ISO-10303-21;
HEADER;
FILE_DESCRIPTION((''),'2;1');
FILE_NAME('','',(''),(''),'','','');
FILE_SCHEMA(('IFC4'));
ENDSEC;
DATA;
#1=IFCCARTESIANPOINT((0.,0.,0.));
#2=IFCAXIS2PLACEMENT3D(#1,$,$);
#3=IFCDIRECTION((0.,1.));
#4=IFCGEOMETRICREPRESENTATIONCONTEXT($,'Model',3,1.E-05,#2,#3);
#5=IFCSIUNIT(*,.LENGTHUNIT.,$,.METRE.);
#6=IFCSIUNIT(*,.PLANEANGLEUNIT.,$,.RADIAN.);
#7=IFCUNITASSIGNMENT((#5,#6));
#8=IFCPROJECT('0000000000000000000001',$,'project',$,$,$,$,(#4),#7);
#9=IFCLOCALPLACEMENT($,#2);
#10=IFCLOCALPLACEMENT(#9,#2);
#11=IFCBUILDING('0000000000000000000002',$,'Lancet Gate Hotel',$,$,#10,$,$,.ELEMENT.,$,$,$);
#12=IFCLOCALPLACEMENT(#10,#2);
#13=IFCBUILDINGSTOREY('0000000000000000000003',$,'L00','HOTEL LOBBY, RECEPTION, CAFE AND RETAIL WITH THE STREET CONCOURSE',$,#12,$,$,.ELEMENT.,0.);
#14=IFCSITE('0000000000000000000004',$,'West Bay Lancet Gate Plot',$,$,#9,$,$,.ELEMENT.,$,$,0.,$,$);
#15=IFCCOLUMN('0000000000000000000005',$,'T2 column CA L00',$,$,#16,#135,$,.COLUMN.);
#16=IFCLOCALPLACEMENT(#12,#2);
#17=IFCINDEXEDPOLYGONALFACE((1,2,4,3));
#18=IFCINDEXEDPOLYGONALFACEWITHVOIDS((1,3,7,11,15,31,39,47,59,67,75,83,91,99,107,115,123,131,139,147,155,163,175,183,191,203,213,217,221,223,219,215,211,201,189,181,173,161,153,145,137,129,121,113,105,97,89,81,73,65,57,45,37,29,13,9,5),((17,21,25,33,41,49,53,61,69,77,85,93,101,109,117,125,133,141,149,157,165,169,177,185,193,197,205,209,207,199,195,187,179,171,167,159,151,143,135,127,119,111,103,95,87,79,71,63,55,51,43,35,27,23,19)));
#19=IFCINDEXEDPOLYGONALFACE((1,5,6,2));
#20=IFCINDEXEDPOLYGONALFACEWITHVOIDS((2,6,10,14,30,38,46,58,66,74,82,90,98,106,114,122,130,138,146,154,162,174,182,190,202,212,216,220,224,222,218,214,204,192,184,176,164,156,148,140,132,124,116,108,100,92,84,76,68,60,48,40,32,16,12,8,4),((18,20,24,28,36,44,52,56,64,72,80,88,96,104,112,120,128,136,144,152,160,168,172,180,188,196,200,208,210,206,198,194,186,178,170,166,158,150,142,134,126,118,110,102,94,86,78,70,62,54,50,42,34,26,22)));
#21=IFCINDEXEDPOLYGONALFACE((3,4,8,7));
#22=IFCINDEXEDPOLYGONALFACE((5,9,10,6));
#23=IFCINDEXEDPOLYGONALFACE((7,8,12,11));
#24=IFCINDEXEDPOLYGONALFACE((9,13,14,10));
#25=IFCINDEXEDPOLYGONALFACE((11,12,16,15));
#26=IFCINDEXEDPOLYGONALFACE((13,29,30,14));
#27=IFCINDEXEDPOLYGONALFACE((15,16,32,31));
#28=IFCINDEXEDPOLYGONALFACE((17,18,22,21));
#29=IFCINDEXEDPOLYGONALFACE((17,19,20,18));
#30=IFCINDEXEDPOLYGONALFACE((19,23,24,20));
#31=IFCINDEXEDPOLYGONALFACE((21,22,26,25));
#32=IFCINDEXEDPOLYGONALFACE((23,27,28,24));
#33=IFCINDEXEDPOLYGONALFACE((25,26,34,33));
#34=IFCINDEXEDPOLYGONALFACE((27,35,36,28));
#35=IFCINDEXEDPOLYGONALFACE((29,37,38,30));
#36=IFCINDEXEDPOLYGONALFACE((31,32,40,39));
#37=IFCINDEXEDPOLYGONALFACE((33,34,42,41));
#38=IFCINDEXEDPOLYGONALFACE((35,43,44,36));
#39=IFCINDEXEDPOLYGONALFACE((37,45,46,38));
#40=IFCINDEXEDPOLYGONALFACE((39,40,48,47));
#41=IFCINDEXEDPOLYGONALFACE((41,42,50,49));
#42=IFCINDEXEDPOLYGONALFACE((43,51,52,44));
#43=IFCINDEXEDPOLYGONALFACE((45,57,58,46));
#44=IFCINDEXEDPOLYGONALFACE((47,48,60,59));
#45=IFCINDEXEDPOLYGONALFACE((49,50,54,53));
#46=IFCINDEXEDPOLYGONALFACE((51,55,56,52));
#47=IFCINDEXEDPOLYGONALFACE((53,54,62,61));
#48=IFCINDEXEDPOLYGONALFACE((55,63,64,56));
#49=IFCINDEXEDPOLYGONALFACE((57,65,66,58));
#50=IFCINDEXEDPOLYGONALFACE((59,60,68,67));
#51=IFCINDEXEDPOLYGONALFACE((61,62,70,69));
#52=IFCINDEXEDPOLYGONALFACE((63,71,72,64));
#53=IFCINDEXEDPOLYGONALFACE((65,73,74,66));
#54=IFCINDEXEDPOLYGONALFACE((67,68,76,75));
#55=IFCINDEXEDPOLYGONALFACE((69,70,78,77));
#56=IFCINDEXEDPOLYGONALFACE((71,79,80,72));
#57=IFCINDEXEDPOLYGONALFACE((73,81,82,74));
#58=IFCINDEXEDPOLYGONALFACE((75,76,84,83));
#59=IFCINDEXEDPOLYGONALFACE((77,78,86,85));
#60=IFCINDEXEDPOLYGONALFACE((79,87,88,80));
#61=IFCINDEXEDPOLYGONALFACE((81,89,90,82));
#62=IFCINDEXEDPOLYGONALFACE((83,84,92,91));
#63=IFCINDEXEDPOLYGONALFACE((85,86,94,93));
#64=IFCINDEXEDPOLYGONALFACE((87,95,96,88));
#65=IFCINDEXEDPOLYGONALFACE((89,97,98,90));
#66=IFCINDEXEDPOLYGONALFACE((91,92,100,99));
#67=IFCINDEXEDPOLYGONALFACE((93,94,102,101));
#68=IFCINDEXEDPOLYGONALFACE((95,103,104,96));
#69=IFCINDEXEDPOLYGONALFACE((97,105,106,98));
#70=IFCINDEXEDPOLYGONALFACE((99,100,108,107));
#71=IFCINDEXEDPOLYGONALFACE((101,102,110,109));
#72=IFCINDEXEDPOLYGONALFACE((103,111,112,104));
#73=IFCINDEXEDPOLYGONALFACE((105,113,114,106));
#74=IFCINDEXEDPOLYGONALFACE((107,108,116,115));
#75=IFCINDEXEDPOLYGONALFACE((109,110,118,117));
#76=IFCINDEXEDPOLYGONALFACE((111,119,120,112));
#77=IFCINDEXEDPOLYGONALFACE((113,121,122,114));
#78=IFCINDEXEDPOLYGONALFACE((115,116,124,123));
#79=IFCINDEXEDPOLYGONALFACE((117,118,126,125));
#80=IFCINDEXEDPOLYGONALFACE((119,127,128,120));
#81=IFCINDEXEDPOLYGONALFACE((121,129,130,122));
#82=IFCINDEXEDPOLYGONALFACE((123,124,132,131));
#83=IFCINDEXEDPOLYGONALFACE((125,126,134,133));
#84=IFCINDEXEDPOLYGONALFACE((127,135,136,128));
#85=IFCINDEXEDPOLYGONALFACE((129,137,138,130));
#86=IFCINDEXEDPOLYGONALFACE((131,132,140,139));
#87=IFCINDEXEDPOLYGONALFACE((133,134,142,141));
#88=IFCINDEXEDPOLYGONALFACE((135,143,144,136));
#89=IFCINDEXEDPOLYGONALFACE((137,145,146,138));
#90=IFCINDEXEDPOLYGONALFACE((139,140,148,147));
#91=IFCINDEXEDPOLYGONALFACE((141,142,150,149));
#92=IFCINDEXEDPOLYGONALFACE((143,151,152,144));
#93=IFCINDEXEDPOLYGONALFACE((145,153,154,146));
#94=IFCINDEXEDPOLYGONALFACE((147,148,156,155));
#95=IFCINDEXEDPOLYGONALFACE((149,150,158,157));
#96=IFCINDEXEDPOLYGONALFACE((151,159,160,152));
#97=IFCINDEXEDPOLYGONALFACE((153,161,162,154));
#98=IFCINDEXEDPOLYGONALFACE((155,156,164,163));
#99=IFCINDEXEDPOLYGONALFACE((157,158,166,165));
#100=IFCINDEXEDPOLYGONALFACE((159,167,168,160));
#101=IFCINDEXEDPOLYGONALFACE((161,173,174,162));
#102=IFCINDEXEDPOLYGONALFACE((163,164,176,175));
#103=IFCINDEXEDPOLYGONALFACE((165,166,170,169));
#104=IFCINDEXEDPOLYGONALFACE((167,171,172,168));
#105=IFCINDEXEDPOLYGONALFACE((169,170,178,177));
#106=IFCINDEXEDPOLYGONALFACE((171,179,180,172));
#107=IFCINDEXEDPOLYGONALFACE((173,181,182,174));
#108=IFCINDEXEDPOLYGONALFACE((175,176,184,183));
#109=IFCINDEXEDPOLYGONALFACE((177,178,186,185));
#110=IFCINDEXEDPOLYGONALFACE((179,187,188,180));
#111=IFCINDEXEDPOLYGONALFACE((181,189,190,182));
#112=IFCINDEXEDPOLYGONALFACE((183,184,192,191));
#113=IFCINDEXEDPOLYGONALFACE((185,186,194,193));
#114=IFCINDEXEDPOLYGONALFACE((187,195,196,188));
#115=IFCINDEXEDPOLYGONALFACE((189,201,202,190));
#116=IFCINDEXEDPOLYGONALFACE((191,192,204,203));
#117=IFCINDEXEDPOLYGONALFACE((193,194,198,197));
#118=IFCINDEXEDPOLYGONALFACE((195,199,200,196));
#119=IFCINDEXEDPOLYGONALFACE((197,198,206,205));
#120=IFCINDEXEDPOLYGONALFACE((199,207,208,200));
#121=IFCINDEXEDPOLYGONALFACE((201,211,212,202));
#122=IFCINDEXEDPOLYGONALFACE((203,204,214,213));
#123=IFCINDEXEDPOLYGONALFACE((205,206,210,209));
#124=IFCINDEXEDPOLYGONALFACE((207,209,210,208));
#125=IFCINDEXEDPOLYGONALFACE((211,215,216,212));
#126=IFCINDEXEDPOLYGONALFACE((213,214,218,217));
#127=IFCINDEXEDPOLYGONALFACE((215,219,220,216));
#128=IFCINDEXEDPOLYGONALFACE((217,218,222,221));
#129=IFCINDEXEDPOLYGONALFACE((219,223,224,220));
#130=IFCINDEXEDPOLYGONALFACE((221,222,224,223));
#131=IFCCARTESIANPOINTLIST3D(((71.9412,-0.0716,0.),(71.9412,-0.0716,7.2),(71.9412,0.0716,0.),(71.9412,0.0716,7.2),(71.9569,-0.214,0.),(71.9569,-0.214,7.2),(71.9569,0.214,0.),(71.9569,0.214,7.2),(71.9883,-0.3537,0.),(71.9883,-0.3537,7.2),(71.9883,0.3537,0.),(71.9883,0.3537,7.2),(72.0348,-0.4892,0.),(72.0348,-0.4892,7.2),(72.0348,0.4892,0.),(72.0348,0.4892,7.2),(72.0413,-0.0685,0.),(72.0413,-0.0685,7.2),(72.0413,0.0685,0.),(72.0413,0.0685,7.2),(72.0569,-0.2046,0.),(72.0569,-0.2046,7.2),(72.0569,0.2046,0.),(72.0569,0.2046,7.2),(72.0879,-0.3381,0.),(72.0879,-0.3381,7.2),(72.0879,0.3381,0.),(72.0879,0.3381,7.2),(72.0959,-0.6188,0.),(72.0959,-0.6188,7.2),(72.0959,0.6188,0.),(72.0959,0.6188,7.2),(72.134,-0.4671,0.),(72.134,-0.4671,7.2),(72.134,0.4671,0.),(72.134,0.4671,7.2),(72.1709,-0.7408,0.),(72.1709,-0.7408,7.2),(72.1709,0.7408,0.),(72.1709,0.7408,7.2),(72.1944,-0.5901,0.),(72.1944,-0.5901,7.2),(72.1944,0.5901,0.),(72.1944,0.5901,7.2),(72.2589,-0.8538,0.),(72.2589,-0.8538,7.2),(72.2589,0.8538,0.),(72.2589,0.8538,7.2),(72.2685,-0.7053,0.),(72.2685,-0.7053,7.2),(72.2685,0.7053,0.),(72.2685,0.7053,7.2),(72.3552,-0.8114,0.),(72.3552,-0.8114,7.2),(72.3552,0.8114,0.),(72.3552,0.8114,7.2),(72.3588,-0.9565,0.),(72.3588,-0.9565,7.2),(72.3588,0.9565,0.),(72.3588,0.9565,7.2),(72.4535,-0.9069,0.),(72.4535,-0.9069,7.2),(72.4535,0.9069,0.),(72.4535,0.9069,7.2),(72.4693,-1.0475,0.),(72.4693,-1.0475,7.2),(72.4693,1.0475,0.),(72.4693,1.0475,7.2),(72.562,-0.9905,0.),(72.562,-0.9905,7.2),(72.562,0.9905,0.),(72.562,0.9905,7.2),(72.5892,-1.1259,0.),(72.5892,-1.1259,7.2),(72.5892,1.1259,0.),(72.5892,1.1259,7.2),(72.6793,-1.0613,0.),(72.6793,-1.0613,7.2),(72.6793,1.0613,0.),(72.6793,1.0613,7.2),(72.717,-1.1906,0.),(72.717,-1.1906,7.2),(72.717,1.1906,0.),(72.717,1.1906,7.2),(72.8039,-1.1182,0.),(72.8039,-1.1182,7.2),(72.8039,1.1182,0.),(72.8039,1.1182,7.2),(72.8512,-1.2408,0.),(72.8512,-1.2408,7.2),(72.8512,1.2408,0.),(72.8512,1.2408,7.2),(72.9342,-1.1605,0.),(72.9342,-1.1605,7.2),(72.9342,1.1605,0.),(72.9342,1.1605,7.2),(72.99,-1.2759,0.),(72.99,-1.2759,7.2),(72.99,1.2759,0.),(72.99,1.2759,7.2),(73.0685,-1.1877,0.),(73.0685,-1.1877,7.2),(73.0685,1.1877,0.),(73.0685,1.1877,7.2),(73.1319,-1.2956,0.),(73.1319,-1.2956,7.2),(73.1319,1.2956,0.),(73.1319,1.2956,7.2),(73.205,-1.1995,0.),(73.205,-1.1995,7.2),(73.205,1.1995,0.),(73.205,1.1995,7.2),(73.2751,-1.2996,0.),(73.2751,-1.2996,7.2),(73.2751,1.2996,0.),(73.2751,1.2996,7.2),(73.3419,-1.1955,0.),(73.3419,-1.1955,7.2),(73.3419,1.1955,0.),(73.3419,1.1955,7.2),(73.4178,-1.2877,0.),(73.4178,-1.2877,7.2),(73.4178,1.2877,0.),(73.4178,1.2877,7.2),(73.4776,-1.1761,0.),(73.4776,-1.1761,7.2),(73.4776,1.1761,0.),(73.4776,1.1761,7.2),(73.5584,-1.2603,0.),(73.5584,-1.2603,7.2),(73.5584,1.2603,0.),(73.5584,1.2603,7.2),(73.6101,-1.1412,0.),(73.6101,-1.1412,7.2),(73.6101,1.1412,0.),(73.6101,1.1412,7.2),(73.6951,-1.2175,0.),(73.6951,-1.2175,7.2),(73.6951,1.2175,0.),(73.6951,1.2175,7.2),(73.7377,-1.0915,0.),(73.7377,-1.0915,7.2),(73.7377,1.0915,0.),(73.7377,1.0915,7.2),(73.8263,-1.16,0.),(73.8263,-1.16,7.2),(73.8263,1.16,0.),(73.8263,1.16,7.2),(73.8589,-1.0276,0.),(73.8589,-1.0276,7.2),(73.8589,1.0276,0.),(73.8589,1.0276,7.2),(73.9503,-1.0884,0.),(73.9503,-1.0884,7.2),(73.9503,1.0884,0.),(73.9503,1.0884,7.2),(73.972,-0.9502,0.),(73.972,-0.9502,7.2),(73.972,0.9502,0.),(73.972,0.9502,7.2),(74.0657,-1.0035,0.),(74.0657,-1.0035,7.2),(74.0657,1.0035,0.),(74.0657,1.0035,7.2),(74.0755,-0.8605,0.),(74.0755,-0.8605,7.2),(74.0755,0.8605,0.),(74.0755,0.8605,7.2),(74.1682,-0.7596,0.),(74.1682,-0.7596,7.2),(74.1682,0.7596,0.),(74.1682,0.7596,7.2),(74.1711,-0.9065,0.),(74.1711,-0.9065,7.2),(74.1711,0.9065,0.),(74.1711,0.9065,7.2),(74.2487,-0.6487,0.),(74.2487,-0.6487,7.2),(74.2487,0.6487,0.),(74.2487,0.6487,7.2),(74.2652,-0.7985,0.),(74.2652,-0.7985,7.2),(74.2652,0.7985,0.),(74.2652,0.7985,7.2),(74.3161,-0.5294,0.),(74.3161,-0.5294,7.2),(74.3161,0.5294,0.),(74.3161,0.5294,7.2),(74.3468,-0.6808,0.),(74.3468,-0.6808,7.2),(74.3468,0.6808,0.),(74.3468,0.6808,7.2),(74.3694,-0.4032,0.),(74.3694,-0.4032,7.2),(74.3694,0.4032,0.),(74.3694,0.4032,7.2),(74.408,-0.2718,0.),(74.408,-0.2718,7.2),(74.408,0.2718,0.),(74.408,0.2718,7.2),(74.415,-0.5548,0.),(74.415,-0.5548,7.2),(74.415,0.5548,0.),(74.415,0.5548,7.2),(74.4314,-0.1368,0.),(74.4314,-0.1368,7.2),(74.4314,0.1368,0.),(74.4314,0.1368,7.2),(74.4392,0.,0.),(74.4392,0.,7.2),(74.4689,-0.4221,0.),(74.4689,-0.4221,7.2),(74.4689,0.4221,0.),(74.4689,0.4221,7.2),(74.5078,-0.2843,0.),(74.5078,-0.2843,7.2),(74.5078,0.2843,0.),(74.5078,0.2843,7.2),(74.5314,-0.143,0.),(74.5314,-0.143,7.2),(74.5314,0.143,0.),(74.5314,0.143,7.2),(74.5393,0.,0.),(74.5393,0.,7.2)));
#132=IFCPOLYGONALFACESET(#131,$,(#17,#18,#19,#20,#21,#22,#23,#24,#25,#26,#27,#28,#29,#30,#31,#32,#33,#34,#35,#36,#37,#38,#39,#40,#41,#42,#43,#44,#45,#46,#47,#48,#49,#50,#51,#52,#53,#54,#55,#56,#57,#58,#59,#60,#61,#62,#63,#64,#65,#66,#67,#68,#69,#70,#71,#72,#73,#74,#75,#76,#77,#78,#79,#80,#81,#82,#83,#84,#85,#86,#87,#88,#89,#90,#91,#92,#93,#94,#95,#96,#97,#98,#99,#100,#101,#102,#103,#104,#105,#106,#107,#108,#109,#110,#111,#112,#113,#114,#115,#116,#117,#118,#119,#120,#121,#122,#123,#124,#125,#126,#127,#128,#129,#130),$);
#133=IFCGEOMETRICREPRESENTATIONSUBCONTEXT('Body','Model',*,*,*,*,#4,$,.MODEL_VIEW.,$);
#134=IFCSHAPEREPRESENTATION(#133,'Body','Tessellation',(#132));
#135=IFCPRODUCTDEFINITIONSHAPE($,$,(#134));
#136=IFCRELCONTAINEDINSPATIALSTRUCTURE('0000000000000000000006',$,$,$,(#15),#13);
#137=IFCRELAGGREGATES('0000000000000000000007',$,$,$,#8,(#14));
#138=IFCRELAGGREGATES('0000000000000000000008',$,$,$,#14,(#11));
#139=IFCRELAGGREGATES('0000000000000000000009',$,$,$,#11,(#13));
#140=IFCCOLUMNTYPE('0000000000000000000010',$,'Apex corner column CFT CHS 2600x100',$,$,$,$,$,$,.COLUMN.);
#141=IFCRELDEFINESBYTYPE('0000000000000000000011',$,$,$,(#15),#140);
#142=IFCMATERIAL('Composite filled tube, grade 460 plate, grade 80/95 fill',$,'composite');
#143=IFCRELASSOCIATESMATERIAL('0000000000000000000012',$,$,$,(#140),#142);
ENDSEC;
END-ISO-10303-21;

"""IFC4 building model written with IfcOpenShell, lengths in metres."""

from ifc_helpers import new_model, si_unit, direction, frame, origin, origin_2d, place, context, subcontext, project, spatial, hollow_circle, extrude, material, material_profile, profile_set, type_object, element, save


model = new_model("IFC4")

# Units and contexts
model_context = context("Model", 3, precision=1e-05, world=origin(), true_north=direction((0.0, 1.0)))
body_context = subcontext(model_context, "Body", "Model", "MODEL_VIEW")
ifc_project = project(units=[si_unit("LENGTHUNIT", "METRE"), si_unit("PLANEANGLEUNIT", "RADIAN")], contexts=[model_context])

# Site, building, storey
site_placement = place(None, origin())
site = spatial("IfcSite", under=ifc_project, at=site_placement, Name="West Bay Lancet Gate Plot", CompositionType="ELEMENT", RefElevation=0.0)
building_placement = place(site_placement, origin())
building = spatial("IfcBuilding", under=site, at=building_placement, Name="Lancet Gate Hotel", CompositionType="ELEMENT")
storey_placement = place(building_placement, origin())
storey = spatial("IfcBuildingStorey", under=building, at=storey_placement, Name="L00", Description="HOTEL LOBBY, RECEPTION, CAFE AND RETAIL WITH THE STREET CONCOURSE", CompositionType="ELEMENT", Elevation=0.0)

# Column
ifc_material_1 = material(Name="Composite filled tube, grade 460 plate, grade 80/95 fill", Category="composite")
ifc_material_profile_1 = material_profile(ifc_material_1, hollow_circle(Radius=1.3, WallThickness=0.1001, at=origin_2d()), Name="CHS 2600x100")
ifc_profile_set_1 = profile_set([ifc_material_profile_1], Name="Composite filled tube, grade 460 plate, grade 80/95 fill")
column_type_1 = type_object("IfcColumnType", Name="Apex corner column CFT CHS 2600x100", PredefinedType="COLUMN", material=ifc_profile_set_1)
column_1_placement = place(storey_placement, frame((73.2393, 0.0, 0.0), z_axis=(0.0, 0.0, 1.0), x_axis=(1.0, 0.0, 0.0)))
element("IfcColumn", 1, at=column_1_placement, inside=storey, type_object=column_type_1, Name="T2 column CA L00", PredefinedType="COLUMN", context=body_context, shape_type="SweptSolid", body=[
    extrude(hollow_circle(Radius=1.3, WallThickness=0.1001, at=origin_2d()), origin(), (0.0, 0.0, 1.0), 7.2),
])

save(model, "model.ifc")
